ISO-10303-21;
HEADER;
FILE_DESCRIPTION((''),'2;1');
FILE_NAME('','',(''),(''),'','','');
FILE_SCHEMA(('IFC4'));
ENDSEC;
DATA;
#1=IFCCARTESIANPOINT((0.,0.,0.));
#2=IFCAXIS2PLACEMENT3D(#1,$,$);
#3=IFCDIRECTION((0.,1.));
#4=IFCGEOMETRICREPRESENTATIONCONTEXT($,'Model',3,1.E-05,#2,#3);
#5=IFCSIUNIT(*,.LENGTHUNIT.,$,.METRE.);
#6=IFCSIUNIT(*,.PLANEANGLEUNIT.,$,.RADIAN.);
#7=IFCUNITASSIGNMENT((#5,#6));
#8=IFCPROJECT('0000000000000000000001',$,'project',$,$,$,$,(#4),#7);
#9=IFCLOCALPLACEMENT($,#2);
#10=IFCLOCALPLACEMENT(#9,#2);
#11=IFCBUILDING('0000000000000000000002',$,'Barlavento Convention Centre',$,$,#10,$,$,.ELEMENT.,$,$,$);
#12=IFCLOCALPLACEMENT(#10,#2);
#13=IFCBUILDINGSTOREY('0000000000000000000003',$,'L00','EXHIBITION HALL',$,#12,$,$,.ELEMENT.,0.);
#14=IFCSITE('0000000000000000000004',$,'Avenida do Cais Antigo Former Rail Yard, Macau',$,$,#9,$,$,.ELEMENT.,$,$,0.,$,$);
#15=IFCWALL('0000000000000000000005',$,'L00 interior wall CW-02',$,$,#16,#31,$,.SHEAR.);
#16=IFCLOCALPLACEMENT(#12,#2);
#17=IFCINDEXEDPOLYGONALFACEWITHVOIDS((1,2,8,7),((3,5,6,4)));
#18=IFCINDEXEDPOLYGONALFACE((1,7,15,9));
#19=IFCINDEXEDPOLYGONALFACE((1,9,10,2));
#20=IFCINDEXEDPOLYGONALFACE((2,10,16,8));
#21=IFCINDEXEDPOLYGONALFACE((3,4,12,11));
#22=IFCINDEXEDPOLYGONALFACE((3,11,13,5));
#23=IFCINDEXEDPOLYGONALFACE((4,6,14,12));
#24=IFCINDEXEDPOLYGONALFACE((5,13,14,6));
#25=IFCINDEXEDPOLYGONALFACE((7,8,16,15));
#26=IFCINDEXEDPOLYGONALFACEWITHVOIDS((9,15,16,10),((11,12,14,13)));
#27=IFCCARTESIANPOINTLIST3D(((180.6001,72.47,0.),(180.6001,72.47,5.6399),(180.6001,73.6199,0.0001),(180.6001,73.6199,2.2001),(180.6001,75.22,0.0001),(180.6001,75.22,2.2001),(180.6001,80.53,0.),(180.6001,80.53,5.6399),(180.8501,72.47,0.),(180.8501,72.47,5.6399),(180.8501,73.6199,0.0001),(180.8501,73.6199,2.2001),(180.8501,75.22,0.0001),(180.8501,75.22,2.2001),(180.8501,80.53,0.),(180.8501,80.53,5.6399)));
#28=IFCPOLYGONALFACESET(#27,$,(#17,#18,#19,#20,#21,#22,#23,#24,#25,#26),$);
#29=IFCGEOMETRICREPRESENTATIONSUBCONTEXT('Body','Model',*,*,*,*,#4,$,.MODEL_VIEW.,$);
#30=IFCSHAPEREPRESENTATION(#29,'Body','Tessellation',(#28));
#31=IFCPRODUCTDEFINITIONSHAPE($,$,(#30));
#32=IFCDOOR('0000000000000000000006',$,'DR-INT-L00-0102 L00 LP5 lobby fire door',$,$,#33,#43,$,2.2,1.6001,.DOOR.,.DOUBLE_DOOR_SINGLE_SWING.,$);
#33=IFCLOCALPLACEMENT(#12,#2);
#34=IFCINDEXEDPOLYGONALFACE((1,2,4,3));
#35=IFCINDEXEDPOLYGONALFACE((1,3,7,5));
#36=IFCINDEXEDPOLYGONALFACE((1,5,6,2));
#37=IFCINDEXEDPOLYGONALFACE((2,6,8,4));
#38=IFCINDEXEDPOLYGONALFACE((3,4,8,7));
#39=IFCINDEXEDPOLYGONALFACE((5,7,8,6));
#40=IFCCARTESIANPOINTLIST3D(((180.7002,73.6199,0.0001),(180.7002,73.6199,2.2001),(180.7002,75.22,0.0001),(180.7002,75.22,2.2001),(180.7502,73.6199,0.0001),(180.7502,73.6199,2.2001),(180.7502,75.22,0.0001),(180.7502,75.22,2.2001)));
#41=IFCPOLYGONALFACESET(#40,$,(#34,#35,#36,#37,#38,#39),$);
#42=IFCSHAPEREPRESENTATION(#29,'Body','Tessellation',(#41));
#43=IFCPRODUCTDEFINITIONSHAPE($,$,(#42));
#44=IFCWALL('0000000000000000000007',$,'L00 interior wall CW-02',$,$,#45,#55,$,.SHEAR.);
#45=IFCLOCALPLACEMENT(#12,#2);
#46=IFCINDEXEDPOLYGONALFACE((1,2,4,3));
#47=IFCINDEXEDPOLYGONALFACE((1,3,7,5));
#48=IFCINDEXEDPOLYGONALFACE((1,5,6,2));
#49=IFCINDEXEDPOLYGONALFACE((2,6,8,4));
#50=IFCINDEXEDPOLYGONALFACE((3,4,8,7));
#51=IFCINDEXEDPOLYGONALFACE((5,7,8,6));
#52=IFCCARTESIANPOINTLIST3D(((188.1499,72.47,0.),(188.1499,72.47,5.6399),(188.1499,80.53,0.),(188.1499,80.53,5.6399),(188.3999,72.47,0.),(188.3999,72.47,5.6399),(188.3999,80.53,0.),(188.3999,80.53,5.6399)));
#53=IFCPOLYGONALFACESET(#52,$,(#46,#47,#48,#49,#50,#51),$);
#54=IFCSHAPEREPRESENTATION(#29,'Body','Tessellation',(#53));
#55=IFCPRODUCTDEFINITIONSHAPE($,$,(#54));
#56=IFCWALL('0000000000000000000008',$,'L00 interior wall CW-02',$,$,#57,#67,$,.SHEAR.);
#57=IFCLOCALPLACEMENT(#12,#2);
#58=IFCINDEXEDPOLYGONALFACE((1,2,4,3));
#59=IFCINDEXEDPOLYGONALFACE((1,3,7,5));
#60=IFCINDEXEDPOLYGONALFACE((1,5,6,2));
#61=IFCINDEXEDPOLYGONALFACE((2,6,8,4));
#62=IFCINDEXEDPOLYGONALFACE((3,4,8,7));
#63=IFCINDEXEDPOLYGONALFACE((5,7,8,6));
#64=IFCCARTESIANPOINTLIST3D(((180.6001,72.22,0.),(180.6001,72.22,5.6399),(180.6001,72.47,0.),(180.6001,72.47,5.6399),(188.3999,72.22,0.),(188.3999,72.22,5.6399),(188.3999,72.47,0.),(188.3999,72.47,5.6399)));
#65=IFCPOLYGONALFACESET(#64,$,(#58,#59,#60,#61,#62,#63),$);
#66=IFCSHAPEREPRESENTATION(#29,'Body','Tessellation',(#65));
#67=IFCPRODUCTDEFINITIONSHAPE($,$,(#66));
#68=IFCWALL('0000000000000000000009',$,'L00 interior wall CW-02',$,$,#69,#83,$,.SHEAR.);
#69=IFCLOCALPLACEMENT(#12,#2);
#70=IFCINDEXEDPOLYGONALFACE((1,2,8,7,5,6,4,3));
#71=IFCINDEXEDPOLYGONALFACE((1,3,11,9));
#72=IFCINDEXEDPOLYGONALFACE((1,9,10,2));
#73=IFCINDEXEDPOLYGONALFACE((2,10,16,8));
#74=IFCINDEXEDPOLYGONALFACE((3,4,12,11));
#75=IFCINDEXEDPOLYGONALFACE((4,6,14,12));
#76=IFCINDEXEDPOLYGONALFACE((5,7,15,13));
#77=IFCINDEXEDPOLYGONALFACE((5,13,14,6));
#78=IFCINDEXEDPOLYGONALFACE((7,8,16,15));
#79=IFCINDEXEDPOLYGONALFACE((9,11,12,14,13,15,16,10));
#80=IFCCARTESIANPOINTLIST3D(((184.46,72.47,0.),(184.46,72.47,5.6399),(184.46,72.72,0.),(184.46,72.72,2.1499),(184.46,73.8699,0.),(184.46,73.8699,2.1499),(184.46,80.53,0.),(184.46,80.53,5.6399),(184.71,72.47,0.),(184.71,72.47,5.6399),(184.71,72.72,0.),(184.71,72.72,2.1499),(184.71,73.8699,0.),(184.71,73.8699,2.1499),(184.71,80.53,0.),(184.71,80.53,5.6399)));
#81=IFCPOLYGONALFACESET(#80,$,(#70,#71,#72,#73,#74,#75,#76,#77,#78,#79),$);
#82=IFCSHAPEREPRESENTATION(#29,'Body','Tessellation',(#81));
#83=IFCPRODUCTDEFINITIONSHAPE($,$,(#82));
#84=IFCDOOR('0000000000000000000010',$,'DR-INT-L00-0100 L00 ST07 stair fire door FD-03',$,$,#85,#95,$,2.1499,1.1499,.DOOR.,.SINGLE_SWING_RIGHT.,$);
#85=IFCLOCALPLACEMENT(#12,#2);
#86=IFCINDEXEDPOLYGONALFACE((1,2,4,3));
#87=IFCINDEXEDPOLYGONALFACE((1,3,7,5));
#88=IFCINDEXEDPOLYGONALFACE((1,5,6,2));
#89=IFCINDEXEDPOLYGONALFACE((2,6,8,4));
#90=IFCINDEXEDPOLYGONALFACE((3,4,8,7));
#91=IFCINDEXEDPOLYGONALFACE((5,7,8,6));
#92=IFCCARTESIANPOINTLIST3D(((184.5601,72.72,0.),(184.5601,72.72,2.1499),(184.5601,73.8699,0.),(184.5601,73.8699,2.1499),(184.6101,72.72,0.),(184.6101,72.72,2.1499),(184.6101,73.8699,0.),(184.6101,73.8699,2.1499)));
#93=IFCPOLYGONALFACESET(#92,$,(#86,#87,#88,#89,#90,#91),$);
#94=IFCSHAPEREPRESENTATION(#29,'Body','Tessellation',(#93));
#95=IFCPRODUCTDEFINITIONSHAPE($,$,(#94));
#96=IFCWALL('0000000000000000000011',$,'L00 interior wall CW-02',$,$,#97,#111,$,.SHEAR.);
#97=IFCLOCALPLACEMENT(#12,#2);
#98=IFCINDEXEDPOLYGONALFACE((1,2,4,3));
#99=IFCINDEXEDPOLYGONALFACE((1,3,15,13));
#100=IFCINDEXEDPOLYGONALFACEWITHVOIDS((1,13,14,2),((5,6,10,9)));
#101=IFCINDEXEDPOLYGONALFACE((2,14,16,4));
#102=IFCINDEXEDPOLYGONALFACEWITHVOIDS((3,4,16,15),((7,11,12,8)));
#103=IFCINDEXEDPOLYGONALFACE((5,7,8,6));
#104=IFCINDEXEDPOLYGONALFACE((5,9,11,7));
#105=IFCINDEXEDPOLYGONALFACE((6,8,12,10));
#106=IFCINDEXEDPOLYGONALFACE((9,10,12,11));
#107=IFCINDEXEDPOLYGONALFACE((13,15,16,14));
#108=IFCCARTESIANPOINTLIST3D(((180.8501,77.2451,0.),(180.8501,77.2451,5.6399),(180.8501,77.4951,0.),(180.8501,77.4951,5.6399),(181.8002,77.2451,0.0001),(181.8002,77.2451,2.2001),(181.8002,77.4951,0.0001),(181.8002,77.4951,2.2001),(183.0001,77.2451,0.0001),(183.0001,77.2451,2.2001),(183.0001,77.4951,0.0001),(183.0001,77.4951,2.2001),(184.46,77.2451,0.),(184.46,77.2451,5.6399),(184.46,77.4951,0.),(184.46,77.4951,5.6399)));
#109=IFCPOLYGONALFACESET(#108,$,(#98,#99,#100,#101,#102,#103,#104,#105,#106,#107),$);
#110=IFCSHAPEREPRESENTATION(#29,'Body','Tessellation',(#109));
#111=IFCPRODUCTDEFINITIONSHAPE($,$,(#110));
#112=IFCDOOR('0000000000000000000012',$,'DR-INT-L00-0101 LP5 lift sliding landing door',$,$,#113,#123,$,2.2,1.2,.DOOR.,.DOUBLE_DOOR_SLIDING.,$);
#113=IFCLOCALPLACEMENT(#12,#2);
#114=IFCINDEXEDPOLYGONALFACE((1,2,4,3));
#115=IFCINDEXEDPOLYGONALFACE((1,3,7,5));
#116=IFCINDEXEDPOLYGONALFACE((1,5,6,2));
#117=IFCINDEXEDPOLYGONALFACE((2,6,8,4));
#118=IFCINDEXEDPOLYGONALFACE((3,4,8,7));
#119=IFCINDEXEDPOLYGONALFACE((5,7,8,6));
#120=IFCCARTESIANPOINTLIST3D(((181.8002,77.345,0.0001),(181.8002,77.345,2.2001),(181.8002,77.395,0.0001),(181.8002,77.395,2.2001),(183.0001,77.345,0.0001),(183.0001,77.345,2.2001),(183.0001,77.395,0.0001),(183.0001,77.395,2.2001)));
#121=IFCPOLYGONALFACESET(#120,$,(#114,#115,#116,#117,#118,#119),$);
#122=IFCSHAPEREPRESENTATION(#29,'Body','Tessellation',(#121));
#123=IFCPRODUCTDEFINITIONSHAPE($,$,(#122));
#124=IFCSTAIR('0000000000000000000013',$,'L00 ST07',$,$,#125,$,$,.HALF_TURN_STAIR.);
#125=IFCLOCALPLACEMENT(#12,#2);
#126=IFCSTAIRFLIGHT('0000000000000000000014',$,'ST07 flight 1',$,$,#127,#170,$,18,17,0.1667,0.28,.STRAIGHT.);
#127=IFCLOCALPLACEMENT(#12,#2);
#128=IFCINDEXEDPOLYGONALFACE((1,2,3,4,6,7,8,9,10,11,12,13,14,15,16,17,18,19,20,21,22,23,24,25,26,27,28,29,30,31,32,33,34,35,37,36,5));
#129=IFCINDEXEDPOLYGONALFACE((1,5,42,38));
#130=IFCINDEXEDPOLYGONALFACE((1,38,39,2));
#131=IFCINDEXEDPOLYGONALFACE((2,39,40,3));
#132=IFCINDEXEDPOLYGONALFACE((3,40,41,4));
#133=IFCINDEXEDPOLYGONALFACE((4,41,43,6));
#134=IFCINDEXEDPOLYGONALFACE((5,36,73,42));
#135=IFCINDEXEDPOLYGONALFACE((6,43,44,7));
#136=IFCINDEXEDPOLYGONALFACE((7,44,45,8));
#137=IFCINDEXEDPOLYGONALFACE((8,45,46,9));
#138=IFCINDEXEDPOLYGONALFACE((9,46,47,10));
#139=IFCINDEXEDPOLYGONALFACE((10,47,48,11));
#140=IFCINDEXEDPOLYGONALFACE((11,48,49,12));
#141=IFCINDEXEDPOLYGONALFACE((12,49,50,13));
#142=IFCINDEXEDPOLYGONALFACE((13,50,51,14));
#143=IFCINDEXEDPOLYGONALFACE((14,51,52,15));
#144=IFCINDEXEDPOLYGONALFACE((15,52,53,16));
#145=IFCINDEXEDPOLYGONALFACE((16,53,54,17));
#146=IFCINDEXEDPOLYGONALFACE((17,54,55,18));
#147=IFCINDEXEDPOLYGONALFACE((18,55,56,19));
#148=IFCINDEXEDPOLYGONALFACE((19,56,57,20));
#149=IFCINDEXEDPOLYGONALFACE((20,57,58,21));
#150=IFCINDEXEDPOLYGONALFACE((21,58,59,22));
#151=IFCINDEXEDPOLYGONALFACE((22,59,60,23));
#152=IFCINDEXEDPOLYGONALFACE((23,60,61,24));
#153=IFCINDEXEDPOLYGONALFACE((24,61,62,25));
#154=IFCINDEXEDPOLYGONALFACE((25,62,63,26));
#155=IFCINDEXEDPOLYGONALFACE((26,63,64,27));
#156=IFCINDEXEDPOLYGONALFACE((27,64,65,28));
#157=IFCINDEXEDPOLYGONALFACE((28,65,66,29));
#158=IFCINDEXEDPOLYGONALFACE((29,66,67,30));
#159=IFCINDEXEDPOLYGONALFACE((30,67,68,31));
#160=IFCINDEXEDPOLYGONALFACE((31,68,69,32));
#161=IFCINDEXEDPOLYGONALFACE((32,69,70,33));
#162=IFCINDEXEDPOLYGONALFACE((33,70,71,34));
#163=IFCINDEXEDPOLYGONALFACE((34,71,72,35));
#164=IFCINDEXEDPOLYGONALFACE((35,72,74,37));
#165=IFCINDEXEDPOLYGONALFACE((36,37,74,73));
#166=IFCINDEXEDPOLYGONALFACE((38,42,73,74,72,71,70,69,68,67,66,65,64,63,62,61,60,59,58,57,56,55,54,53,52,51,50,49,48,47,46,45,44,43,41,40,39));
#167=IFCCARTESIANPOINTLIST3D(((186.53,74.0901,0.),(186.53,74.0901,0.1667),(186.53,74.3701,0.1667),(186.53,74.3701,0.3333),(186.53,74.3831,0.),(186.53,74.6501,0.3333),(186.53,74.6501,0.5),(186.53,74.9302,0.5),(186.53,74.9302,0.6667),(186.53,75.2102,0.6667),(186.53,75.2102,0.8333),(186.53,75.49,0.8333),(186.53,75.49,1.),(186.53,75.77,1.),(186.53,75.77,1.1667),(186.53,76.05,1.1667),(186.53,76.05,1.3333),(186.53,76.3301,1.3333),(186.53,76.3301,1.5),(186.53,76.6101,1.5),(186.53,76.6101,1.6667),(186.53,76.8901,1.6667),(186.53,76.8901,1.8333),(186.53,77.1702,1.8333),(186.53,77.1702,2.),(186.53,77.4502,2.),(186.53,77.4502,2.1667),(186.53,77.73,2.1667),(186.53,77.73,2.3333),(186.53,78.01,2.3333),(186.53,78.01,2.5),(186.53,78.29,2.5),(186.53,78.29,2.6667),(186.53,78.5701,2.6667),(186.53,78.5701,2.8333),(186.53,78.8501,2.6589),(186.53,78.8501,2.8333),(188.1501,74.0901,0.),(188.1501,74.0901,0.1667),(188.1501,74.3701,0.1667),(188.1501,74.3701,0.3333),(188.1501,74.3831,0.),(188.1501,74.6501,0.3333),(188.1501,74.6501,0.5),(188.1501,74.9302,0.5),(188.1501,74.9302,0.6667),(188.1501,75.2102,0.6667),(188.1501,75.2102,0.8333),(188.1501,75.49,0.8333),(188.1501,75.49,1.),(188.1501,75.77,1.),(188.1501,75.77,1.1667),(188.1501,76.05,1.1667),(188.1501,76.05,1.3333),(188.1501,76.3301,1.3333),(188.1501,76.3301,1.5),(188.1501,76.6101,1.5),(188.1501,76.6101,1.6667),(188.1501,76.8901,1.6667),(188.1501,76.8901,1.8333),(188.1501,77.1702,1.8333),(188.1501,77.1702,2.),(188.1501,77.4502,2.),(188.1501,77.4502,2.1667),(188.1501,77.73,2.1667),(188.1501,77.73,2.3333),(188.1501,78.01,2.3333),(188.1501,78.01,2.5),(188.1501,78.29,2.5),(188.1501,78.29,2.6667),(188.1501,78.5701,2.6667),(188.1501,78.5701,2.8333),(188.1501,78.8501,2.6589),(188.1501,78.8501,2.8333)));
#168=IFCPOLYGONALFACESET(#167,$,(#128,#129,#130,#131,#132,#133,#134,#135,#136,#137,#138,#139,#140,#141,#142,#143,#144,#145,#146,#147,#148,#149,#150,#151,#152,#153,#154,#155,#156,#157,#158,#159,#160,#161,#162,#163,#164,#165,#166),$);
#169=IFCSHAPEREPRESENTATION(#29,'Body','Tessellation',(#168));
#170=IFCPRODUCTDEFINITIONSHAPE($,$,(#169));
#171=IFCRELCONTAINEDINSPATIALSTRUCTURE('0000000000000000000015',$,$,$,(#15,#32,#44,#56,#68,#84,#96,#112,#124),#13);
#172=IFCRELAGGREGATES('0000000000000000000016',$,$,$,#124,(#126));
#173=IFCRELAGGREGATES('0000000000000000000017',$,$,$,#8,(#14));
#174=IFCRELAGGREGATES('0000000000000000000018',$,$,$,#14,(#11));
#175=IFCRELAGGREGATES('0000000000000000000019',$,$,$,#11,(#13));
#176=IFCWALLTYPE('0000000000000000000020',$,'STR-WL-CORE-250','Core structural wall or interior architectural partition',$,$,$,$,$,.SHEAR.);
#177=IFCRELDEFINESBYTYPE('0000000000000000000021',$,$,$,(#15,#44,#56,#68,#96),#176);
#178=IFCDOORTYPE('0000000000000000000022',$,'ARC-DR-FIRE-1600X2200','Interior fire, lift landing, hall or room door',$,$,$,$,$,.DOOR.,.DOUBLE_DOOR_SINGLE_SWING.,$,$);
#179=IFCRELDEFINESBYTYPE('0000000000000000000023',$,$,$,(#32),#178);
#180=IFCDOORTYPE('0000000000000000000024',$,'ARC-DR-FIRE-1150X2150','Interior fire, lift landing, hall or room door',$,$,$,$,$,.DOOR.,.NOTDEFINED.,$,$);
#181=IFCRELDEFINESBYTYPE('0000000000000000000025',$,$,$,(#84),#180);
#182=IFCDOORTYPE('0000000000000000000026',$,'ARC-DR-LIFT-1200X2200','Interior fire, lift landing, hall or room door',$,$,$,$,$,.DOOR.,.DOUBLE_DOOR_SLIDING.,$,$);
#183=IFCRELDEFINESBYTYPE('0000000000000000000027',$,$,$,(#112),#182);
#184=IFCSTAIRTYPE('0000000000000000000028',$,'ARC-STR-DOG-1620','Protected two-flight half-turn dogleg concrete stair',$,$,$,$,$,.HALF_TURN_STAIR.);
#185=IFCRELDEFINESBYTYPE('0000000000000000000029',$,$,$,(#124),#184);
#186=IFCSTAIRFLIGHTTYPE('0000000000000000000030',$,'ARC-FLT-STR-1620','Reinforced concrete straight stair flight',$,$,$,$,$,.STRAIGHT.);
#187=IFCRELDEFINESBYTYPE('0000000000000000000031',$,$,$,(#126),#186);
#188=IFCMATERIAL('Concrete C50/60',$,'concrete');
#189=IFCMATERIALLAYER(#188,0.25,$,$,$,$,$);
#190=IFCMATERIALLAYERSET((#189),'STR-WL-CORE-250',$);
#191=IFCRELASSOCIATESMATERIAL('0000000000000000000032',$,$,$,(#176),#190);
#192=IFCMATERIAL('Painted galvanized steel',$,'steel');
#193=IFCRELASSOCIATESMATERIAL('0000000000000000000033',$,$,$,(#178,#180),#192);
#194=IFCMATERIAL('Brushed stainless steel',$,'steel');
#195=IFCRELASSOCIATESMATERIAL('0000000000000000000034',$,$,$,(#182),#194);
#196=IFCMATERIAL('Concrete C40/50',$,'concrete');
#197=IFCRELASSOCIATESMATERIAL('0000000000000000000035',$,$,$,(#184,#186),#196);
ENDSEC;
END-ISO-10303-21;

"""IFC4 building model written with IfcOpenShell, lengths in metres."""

from ifc_helpers import new_model, si_unit, direction, frame, frame_2d, origin, place, context, subcontext, project, spatial, polyline, rectangle, outline, extrude, material, layer, layer_set, type_object, element, fill, aggregate, save


model = new_model("IFC4")

# Units and contexts
model_context = context("Model", 3, precision=1e-05, world=origin(), true_north=direction((0.0, 1.0)))
body_context = subcontext(model_context, "Body", "Model", "MODEL_VIEW")
ifc_project = project(units=[si_unit("LENGTHUNIT", "METRE"), si_unit("PLANEANGLEUNIT", "RADIAN")], contexts=[model_context])

# Site, building, storey
site_placement = place(None, origin())
site = spatial("IfcSite", under=ifc_project, at=site_placement, Name="Avenida do Cais Antigo Former Rail Yard, Macau", CompositionType="ELEMENT", RefElevation=0.0)
building_placement = place(site_placement, origin())
building = spatial("IfcBuilding", under=site, at=building_placement, Name="Barlavento Convention Centre", CompositionType="ELEMENT")
storey_placement = place(building_placement, origin())
storey = spatial("IfcBuildingStorey", under=building, at=storey_placement, Name="L00", Description="EXHIBITION HALL", CompositionType="ELEMENT", Elevation=0.0)

# Shared definitions
ifc_material_1 = material(Name="Concrete C40/50", Category="concrete")

# Wall, opening, door
ifc_material_2 = material(Name="Painted galvanized steel", Category="steel")
ifc_material_3 = material(Name="Concrete C50/60", Category="concrete")
ifc_layer_1 = layer(ifc_material_3, 0.25)
ifc_layer_set_1 = layer_set([ifc_layer_1], Name="STR-WL-CORE-250")
wall_type_1 = type_object("IfcWallType", Name="STR-WL-CORE-250", Description="Core structural wall or interior architectural partition", PredefinedType="SHEAR", material=ifc_layer_set_1)
wall_1_placement = place(storey_placement, frame((180.7251, 72.47, 0.0), z_axis=(0.0, 0.0, 1.0), x_axis=(0.0, 1.0, 0.0)))
wall_1 = element("IfcWall", 1, at=wall_1_placement, inside=storey, type_object=wall_type_1, Name="L00 interior wall CW-02", PredefinedType="SHEAR", context=body_context, shape_type="SweptSolid", body=[
    extrude(rectangle(XDim=8.0601, YDim=0.25, at=frame_2d((4.03, 0.0))), origin(), (0.0, 0.0, 1.0), 5.6399),
])
opening_1_placement = place(wall_1_placement, frame((1.1499, 0.0, 0.0)))
opening_1 = element("IfcOpeningElement", 2, at=opening_1_placement, cuts=wall_1, PredefinedType="OPENING", context=body_context, shape_type="SweptSolid", body=[
    extrude(rectangle(XDim=1.6001, YDim=2.2, at=frame_2d((0.8, 1.1001))), frame((0.0, 0.135, 0.0), z_axis=(0.0, -1.0, 0.0), x_axis=(1.0, 0.0, 0.0)), (0.0, 0.0, 1.0), 0.27),
])
door_type_1 = type_object("IfcDoorType", Name="ARC-DR-FIRE-1600X2200", Description="Interior fire, lift landing, hall or room door", OperationType="DOUBLE_DOOR_SINGLE_SWING", PredefinedType="DOOR", material=ifc_material_2)
door_1_placement = place(opening_1_placement, origin())
door_1 = element("IfcDoor", 3, at=door_1_placement, inside=storey, type_object=door_type_1, Name="DR-INT-L00-0102 L00 LP5 lobby fire door", OperationType="DOUBLE_DOOR_SINGLE_SWING", OverallHeight=2.2, OverallWidth=1.6001, PredefinedType="DOOR", context=body_context, shape_type="SweptSolid", body=[
    extrude(rectangle(XDim=1.6001, YDim=2.2, at=frame_2d((0.8, 1.1001))), frame((0.0, 0.0249, 0.0), z_axis=(0.0, -1.0, 0.0), x_axis=(1.0, 0.0, 0.0)), (0.0, 0.0, 1.0), 0.05),
])
fill(opening_1, door_1)

# Walls
wall_2_placement = place(storey_placement, frame((188.2749, 72.47, 0.0), z_axis=(0.0, 0.0, 1.0), x_axis=(0.0, 1.0, 0.0)))
element("IfcWall", 4, at=wall_2_placement, inside=storey, type_object=wall_type_1, Name="L00 interior wall CW-02", PredefinedType="SHEAR", context=body_context, shape_type="SweptSolid", body=[
    extrude(rectangle(XDim=8.0601, YDim=0.25, at=frame_2d((4.03, 0.0))), origin(), (0.0, 0.0, 1.0), 5.6399),
])
wall_3_placement = place(storey_placement, frame((180.6001, 72.345, 0.0), z_axis=(0.0, 0.0, 1.0), x_axis=(1.0, 0.0, 0.0)))
element("IfcWall", 5, at=wall_3_placement, inside=storey, type_object=wall_type_1, Name="L00 interior wall CW-02", PredefinedType="SHEAR", context=body_context, shape_type="SweptSolid", body=[
    extrude(rectangle(XDim=7.7998, YDim=0.25, at=frame_2d((3.8999, 0.0))), origin(), (0.0, 0.0, 1.0), 5.6399),
])

# Walls, openings, doors
wall_4_placement = place(storey_placement, frame((184.585, 72.47, 0.0), z_axis=(0.0, 0.0, 1.0), x_axis=(0.0, 1.0, 0.0)))
wall_4 = element("IfcWall", 6, at=wall_4_placement, inside=storey, type_object=wall_type_1, Name="L00 interior wall CW-02", PredefinedType="SHEAR", context=body_context, shape_type="SweptSolid", body=[
    extrude(rectangle(XDim=8.0601, YDim=0.25, at=frame_2d((4.03, 0.0))), origin(), (0.0, 0.0, 1.0), 5.6399),
])
opening_2_placement = place(wall_4_placement, frame((0.25, 0.0, 0.0)))
opening_2 = element("IfcOpeningElement", 7, at=opening_2_placement, cuts=wall_4, PredefinedType="OPENING", context=body_context, shape_type="SweptSolid", body=[
    extrude(rectangle(XDim=1.1499, YDim=2.1499, at=frame_2d((0.575, 1.075))), frame((0.0, 0.135, 0.0), z_axis=(0.0, -1.0, 0.0), x_axis=(1.0, 0.0, 0.0)), (0.0, 0.0, 1.0), 0.27),
])
door_type_2 = type_object("IfcDoorType", Name="ARC-DR-FIRE-1150X2150", Description="Interior fire, lift landing, hall or room door", OperationType="NOTDEFINED", PredefinedType="DOOR", material=ifc_material_2)
door_2_placement = place(opening_2_placement, origin())
door_2 = element("IfcDoor", 8, at=door_2_placement, inside=storey, type_object=door_type_2, Name="DR-INT-L00-0100 L00 ST07 stair fire door FD-03", OperationType="SINGLE_SWING_RIGHT", OverallHeight=2.1499, OverallWidth=1.1499, PredefinedType="DOOR", context=body_context, shape_type="SweptSolid", body=[
    extrude(rectangle(XDim=1.1499, YDim=2.1499, at=frame_2d((0.575, 1.075))), frame((0.0, 0.0249, 0.0), z_axis=(0.0, -1.0, 0.0), x_axis=(1.0, 0.0, 0.0)), (0.0, 0.0, 1.0), 0.05),
])
fill(opening_2, door_2)
wall_5_placement = place(storey_placement, frame((180.8501, 77.3701, 0.0), z_axis=(0.0, 0.0, 1.0), x_axis=(1.0, 0.0, 0.0)))
wall_5 = element("IfcWall", 9, at=wall_5_placement, inside=storey, type_object=wall_type_1, Name="L00 interior wall CW-02", PredefinedType="SHEAR", context=body_context, shape_type="SweptSolid", body=[
    extrude(rectangle(XDim=3.6099, YDim=0.25, at=frame_2d((1.8049, 0.0))), origin(), (0.0, 0.0, 1.0), 5.6399),
])
opening_3_placement = place(wall_5_placement, frame((0.95, 0.0, 0.0)))
opening_3 = element("IfcOpeningElement", 10, at=opening_3_placement, cuts=wall_5, PredefinedType="OPENING", context=body_context, shape_type="SweptSolid", body=[
    extrude(rectangle(XDim=1.2, YDim=2.2, at=frame_2d((0.6001, 1.1001))), frame((0.0, 0.135, 0.0), z_axis=(0.0, -1.0, 0.0), x_axis=(1.0, 0.0, 0.0)), (0.0, 0.0, 1.0), 0.27),
])
ifc_material_4 = material(Name="Brushed stainless steel", Category="steel")
door_type_3 = type_object("IfcDoorType", Name="ARC-DR-LIFT-1200X2200", Description="Interior fire, lift landing, hall or room door", OperationType="DOUBLE_DOOR_SLIDING", PredefinedType="DOOR", material=ifc_material_4)
door_3_placement = place(opening_3_placement, origin())
door_3 = element("IfcDoor", 11, at=door_3_placement, inside=storey, type_object=door_type_3, Name="DR-INT-L00-0101 LP5 lift sliding landing door", OperationType="DOUBLE_DOOR_SLIDING", OverallHeight=2.2, OverallWidth=1.2, PredefinedType="DOOR", context=body_context, shape_type="SweptSolid", body=[
    extrude(rectangle(XDim=1.2, YDim=2.2, at=frame_2d((0.6001, 1.1001))), frame((0.0, 0.0249, 0.0), z_axis=(0.0, -1.0, 0.0), x_axis=(1.0, 0.0, 0.0)), (0.0, 0.0, 1.0), 0.05),
])
fill(opening_3, door_3)

# Stair, stair flight
stair_type = type_object("IfcStairType", Name="ARC-STR-DOG-1620", Description="Protected two-flight half-turn dogleg concrete stair", PredefinedType="HALF_TURN_STAIR", material=ifc_material_1)
stair_placement = place(storey_placement, origin())
stair = element("IfcStair", 12, at=stair_placement, inside=storey, type_object=stair_type, Name="L00 ST07", PredefinedType="HALF_TURN_STAIR")
stair_flight_type = type_object("IfcStairFlightType", Name="ARC-FLT-STR-1620", Description="Reinforced concrete straight stair flight", PredefinedType="STRAIGHT", material=ifc_material_1)
stair_flight_placement = place(storey_placement, frame((187.3401, 74.0901, 0.0), z_axis=(0.0, 0.0, 1.0), x_axis=(0.0, 1.0, 0.0)))
stair_flight = element("IfcStairFlight", 13, at=stair_flight_placement, type_object=stair_flight_type, Name="ST07 flight 1", NumberOfRisers=18, NumberOfTreads=17, PredefinedType="STRAIGHT", RiserHeight=0.1667, TreadLength=0.28, context=body_context, shape_type="SweptSolid", body=[
    extrude(outline(polyline([(0.0, 0.0), (0.0, 0.1667), (0.28, 0.1667), (0.28, 0.3333), (0.5601, 0.3333), (0.5601, 0.5), (0.8401, 0.5), (0.8401, 0.6667), (1.1201, 0.6667), (1.1201, 0.8333), (1.3999, 0.8333), (1.3999, 1.0), (1.6799, 1.0), (1.6799, 1.1667), (1.96, 1.1667), (1.96, 1.3333), (2.24, 1.3333), (2.24, 1.5), (2.52, 1.5), (2.52, 1.6667), (2.8, 1.6667), (2.8, 1.8333), (3.0801, 1.8333), (3.0801, 2.0), (3.3601, 2.0), (3.3601, 2.1667), (3.6399, 2.1667), (3.6399, 2.3333), (3.9199, 2.3333), (3.9199, 2.5), (4.2, 2.5), (4.2, 2.6667), (4.48, 2.6667), (4.48, 2.8333), (4.76, 2.8333), (4.76, 3.0), (4.76, 2.6589), (0.293, 0.0), (0.0, 0.0)])), frame((0.0, 0.8101, 0.0), z_axis=(0.0, -1.0, 0.0), x_axis=(1.0, 0.0, 0.0)), (0.0, 0.0, 1.0), 1.6201),
])
aggregate(stair, [stair_flight])

save(model, "model.ifc")
